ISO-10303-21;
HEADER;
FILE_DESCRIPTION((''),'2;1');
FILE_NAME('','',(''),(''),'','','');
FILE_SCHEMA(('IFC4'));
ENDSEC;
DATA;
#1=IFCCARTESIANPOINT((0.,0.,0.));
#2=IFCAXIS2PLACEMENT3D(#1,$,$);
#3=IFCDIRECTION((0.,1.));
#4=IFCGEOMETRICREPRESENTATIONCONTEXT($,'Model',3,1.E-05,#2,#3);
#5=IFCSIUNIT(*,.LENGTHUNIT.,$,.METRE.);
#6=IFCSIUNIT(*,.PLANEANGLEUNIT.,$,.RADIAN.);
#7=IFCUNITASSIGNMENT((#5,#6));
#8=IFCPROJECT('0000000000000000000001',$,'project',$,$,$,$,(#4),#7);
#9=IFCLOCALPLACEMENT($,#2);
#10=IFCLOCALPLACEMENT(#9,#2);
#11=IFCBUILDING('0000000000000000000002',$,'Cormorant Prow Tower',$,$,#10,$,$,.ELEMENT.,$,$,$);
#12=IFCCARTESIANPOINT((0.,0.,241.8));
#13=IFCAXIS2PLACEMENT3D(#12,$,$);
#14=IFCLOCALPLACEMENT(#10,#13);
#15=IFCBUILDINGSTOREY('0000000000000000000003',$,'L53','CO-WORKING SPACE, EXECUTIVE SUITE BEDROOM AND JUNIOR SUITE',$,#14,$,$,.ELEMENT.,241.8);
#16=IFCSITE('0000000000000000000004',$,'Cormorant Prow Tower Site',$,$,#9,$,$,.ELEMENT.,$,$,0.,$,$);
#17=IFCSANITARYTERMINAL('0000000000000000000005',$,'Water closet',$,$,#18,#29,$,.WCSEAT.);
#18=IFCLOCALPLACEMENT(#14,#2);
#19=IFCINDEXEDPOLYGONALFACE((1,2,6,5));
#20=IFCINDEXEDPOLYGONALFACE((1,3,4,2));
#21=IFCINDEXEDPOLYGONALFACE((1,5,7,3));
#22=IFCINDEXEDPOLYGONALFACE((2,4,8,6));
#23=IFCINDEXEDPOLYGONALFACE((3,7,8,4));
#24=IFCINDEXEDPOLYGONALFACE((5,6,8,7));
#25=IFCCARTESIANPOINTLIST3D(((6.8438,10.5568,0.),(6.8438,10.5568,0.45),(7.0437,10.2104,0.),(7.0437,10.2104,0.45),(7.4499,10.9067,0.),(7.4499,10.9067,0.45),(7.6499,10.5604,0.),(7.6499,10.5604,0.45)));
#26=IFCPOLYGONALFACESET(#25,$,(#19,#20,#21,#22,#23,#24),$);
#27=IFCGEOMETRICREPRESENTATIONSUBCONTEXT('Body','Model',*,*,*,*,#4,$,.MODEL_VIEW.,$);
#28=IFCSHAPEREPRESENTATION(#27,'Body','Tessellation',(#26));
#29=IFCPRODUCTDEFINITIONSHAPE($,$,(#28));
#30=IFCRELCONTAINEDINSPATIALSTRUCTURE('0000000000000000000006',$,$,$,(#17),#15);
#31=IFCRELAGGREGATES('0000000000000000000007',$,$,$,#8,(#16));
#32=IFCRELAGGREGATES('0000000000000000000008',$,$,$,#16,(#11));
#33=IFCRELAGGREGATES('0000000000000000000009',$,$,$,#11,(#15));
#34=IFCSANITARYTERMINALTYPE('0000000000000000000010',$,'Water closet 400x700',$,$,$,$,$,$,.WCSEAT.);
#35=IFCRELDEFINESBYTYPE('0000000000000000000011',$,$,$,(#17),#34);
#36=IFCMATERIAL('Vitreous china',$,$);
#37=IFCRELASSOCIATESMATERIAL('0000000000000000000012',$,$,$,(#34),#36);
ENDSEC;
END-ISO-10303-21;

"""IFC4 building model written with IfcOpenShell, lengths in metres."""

from ifc_helpers import new_model, si_unit, direction, frame, origin, origin_2d, place, context, subcontext, project, spatial, rectangle, extrude, material, type_object, element, save


model = new_model("IFC4")

# Units and contexts
model_context = context("Model", 3, precision=1e-05, world=origin(), true_north=direction((0.0, 1.0)))
body_context = subcontext(model_context, "Body", "Model", "MODEL_VIEW")
ifc_project = project(units=[si_unit("LENGTHUNIT", "METRE"), si_unit("PLANEANGLEUNIT", "RADIAN")], contexts=[model_context])

# Site, building, storey
site_placement = place(None, origin())
site = spatial("IfcSite", under=ifc_project, at=site_placement, Name="Cormorant Prow Tower Site", CompositionType="ELEMENT", RefElevation=0.0)
building_placement = place(site_placement, origin())
building = spatial("IfcBuilding", under=site, at=building_placement, Name="Cormorant Prow Tower", CompositionType="ELEMENT")
storey_placement = place(building_placement, frame((0.0, 0.0, 241.8)))
storey = spatial("IfcBuildingStorey", under=building, at=storey_placement, Name="L53", Description="CO-WORKING SPACE, EXECUTIVE SUITE BEDROOM AND JUNIOR SUITE", CompositionType="ELEMENT", Elevation=241.8)

# Sanitary terminal
ifc_material_1 = material(Name="Vitreous china")
sanitary_terminal_type_1 = type_object("IfcSanitaryTerminalType", Name="Water closet 400x700", PredefinedType="WCSEAT", material=ifc_material_1)
sanitary_terminal_1_placement = place(storey_placement, frame((7.2468, 10.5586, 0.0), z_axis=(0.0, 0.0, 1.0), x_axis=(-0.5, 0.866025, 0.0)))
element("IfcSanitaryTerminal", 1, at=sanitary_terminal_1_placement, inside=storey, type_object=sanitary_terminal_type_1, Name="Water closet", PredefinedType="WCSEAT", context=body_context, shape_type="SweptSolid", body=[
    extrude(rectangle(XDim=0.3999, YDim=0.7, at=origin_2d()), origin(), (0.0, 0.0, 1.0), 0.45),
])

save(model, "model.ifc")
